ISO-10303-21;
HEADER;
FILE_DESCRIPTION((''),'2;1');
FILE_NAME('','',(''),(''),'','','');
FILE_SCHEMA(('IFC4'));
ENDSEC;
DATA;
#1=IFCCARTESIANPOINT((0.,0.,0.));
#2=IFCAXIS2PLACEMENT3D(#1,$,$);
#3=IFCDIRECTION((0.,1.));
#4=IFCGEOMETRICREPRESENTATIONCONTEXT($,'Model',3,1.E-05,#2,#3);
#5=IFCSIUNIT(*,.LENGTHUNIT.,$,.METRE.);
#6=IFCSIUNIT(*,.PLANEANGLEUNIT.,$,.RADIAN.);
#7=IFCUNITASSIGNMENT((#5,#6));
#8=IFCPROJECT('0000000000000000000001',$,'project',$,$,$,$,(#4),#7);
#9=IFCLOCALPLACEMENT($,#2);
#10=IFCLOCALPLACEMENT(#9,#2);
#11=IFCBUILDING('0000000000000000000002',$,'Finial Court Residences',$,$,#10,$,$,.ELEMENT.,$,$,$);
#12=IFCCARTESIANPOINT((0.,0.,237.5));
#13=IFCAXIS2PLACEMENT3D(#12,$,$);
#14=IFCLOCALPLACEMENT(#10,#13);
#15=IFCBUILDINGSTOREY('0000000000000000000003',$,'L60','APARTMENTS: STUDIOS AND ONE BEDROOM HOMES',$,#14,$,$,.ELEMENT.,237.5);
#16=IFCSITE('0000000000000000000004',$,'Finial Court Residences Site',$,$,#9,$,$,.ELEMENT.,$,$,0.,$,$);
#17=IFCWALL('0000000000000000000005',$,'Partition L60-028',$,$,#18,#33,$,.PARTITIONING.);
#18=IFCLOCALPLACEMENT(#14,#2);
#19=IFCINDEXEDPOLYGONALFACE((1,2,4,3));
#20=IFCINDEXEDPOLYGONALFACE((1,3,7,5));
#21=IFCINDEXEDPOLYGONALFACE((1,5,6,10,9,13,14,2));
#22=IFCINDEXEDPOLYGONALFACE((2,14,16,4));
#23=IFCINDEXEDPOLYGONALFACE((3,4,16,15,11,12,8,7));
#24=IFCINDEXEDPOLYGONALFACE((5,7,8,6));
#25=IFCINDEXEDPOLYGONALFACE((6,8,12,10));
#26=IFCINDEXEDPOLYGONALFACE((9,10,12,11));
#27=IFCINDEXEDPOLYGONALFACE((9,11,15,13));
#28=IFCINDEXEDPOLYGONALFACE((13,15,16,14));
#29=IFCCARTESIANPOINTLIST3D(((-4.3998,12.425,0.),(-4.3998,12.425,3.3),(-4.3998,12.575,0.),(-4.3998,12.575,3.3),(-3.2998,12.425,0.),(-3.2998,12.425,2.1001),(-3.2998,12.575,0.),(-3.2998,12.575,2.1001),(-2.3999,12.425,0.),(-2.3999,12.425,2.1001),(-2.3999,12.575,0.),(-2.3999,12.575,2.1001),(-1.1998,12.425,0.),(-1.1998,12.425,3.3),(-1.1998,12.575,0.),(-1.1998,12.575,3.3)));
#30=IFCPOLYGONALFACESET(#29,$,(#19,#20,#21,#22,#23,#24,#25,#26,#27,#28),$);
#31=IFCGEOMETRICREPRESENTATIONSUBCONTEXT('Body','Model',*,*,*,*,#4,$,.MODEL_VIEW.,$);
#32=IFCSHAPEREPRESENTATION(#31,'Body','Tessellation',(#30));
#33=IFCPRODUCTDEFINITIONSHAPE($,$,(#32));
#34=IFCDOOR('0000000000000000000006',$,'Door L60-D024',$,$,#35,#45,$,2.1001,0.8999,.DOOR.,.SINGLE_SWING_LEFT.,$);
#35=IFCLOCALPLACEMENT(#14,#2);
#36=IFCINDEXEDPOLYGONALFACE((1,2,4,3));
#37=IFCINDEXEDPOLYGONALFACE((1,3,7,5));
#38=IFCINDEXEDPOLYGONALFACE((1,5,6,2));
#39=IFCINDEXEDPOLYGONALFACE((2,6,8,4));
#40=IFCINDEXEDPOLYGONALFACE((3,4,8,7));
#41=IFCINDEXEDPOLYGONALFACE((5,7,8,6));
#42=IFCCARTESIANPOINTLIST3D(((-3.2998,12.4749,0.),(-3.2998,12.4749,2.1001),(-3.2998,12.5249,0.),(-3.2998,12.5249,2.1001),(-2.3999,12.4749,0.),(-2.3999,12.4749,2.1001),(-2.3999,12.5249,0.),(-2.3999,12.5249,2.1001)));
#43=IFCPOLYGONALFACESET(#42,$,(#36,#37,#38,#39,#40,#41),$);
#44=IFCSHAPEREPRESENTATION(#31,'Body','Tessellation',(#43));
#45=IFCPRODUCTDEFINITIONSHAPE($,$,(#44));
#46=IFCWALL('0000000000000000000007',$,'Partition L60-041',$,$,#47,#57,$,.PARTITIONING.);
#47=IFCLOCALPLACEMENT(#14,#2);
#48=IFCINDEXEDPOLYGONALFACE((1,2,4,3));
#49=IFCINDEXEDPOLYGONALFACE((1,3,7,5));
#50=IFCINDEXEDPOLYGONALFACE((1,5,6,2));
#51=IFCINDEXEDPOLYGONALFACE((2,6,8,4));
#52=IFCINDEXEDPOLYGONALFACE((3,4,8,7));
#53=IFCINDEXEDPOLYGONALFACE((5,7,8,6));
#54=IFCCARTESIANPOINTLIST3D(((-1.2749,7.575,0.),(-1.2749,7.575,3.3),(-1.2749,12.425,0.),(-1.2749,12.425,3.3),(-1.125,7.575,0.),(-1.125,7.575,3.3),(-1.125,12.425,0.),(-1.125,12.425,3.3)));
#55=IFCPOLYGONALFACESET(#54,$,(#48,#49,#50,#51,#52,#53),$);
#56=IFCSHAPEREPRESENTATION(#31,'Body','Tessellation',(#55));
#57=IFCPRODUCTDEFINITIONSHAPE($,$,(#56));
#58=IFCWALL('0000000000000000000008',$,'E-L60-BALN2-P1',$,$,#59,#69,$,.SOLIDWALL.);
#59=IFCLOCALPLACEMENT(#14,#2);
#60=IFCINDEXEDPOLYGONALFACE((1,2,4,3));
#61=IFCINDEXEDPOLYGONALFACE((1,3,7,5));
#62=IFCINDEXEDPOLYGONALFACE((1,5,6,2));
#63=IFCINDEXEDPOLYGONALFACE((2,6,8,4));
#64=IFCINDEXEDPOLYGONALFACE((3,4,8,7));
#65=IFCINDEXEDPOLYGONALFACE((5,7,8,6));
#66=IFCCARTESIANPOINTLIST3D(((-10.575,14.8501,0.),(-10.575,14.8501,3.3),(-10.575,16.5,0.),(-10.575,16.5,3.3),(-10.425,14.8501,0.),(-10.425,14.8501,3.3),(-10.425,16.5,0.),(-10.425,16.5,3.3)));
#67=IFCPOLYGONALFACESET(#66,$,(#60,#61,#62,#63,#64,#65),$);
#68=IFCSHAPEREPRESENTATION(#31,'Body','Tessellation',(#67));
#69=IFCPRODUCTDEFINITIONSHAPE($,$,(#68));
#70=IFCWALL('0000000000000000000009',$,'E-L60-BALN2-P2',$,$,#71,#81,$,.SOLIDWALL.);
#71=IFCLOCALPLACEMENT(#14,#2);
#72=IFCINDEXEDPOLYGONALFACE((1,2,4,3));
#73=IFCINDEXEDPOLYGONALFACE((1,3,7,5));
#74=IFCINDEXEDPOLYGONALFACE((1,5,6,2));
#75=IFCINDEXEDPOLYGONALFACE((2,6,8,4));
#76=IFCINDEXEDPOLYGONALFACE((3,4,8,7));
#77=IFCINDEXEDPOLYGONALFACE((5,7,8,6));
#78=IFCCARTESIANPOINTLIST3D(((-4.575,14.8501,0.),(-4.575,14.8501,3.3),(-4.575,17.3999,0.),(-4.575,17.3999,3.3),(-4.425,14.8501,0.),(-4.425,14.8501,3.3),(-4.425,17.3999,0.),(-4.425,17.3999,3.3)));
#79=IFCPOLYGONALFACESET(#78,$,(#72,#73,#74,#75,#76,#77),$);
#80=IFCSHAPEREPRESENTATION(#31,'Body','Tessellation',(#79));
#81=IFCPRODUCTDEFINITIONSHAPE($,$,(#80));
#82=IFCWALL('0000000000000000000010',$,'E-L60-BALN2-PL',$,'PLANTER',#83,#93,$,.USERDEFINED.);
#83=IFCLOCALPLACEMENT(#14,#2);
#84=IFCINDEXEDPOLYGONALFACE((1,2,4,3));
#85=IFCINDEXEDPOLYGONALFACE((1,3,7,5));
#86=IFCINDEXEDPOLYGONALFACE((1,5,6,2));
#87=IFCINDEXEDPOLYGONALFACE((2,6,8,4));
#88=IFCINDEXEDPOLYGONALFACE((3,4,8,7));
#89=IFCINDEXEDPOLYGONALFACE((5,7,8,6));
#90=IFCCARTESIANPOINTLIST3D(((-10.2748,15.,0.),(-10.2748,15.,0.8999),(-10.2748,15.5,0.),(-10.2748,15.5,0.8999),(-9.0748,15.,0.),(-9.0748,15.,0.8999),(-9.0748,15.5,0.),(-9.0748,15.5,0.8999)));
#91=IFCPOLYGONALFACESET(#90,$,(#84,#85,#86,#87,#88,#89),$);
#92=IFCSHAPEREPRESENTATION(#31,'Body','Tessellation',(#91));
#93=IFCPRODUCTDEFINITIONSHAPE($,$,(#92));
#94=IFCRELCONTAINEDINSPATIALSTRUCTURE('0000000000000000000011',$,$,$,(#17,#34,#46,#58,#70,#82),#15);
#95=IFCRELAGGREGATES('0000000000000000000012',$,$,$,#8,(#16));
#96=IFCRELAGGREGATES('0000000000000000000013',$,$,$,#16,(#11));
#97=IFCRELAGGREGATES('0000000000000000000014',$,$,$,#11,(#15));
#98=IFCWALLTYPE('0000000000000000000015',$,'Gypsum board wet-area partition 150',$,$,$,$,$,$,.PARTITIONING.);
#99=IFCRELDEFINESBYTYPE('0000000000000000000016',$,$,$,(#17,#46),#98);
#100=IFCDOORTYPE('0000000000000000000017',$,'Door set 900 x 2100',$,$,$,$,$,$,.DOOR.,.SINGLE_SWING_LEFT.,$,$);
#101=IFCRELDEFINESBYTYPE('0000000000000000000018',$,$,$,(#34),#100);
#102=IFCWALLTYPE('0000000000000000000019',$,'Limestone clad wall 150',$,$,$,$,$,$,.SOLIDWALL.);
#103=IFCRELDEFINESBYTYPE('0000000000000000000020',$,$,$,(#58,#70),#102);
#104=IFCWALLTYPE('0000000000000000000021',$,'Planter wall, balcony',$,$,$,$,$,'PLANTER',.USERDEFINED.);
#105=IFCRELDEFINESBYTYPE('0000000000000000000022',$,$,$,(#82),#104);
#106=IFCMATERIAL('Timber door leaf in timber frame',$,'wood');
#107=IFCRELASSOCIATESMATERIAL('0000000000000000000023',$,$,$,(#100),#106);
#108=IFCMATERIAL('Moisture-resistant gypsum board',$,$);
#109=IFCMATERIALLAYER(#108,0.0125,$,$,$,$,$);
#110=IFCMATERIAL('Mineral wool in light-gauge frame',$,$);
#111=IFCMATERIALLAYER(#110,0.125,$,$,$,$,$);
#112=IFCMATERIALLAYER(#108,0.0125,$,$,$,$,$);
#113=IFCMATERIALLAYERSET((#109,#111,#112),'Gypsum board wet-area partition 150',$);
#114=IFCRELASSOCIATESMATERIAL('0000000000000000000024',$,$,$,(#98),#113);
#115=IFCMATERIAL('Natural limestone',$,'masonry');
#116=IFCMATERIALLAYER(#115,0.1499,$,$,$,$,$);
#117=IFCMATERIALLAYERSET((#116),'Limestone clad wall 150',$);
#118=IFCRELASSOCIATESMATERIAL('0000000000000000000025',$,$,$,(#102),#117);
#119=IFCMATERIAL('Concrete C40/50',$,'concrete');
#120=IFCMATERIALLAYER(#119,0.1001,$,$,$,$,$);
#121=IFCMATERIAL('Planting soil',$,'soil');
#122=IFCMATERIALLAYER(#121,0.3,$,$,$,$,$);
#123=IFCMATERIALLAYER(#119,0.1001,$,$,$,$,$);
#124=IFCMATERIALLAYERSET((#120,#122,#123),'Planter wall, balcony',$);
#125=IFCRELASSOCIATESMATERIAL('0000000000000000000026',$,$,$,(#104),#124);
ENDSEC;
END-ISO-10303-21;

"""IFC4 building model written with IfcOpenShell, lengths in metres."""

from ifc_helpers import new_model, si_unit, direction, frame, frame_2d, origin, place, context, subcontext, project, spatial, rectangle, extrude, material, layer, layer_set, type_object, element, fill, save


model = new_model("IFC4")

# Units and contexts
model_context = context("Model", 3, precision=1e-05, world=origin(), true_north=direction((0.0, 1.0)))
body_context = subcontext(model_context, "Body", "Model", "MODEL_VIEW")
ifc_project = project(units=[si_unit("LENGTHUNIT", "METRE"), si_unit("PLANEANGLEUNIT", "RADIAN")], contexts=[model_context])

# Site, building, storey
site_placement = place(None, origin())
site = spatial("IfcSite", under=ifc_project, at=site_placement, Name="Finial Court Residences Site", CompositionType="ELEMENT", RefElevation=0.0)
building_placement = place(site_placement, origin())
building = spatial("IfcBuilding", under=site, at=building_placement, Name="Finial Court Residences", CompositionType="ELEMENT")
storey_placement = place(building_placement, frame((0.0, 0.0, 237.5)))
storey = spatial("IfcBuildingStorey", under=building, at=storey_placement, Name="L60", Description="APARTMENTS: STUDIOS AND ONE BEDROOM HOMES", CompositionType="ELEMENT", Elevation=237.5)

# Wall, opening, door
ifc_material_1 = material(Name="Mineral wool in light-gauge frame")
ifc_material_2 = material(Name="Timber door leaf in timber frame", Category="wood")
door_type_1 = type_object("IfcDoorType", Name="Door set 900 x 2100", OperationType="SINGLE_SWING_LEFT", PredefinedType="DOOR", material=ifc_material_2)
ifc_material_3 = material(Name="Moisture-resistant gypsum board")
ifc_layer_1 = layer(ifc_material_3, 0.0125)
ifc_layer_2 = layer(ifc_material_1, 0.125)
ifc_layer_3 = layer(ifc_material_3, 0.0125)
ifc_layer_set_1 = layer_set([ifc_layer_1, ifc_layer_2, ifc_layer_3], Name="Gypsum board wet-area partition 150")
wall_type_1 = type_object("IfcWallType", Name="Gypsum board wet-area partition 150", PredefinedType="PARTITIONING", material=ifc_layer_set_1)
wall_1_placement = place(storey_placement, frame((-4.3999, 12.5, 0.0), z_axis=(0.0, 0.0, 1.0), x_axis=(1.0, 0.0, 0.0)))
wall_1 = element("IfcWall", 1, at=wall_1_placement, inside=storey, type_object=wall_type_1, Name="Partition L60-028", PredefinedType="PARTITIONING", context=body_context, shape_type="SweptSolid", body=[
    extrude(rectangle(XDim=3.2, YDim=0.1499, at=frame_2d((1.6001, 0.0))), origin(), (0.0, 0.0, 1.0), 3.3),
])
opening_1_placement = place(wall_1_placement, frame((1.1001, 0.0, 0.0)))
opening_1 = element("IfcOpeningElement", 2, at=opening_1_placement, cuts=wall_1, PredefinedType="OPENING", context=body_context, shape_type="SweptSolid", body=[
    extrude(rectangle(XDim=0.8999, YDim=2.1001, at=frame_2d((0.45, 1.05))), frame((0.0, 0.085, 0.0), z_axis=(0.0, -1.0, 0.0), x_axis=(1.0, 0.0, 0.0)), (0.0, 0.0, 1.0), 0.1699),
])
door_1_placement = place(opening_1_placement, origin())
door_1 = element("IfcDoor", 3, at=door_1_placement, inside=storey, type_object=door_type_1, Name="Door L60-D024", OperationType="SINGLE_SWING_LEFT", OverallHeight=2.1001, OverallWidth=0.8999, PredefinedType="DOOR", context=body_context, shape_type="SweptSolid", body=[
    extrude(rectangle(XDim=0.8999, YDim=2.1001, at=frame_2d((0.45, 1.05))), frame((0.0, 0.0249, 0.0), z_axis=(0.0, -1.0, 0.0), x_axis=(1.0, 0.0, 0.0)), (0.0, 0.0, 1.0), 0.05),
])
fill(opening_1, door_1)

# Walls
wall_2_placement = place(storey_placement, frame((-1.2, 7.575, 0.0), z_axis=(0.0, 0.0, 1.0), x_axis=(0.0, 1.0, 0.0)))
element("IfcWall", 4, at=wall_2_placement, inside=storey, type_object=wall_type_1, Name="Partition L60-041", PredefinedType="PARTITIONING", context=body_context, shape_type="SweptSolid", body=[
    extrude(rectangle(XDim=4.8501, YDim=0.1499, at=frame_2d((2.425, 0.0))), origin(), (0.0, 0.0, 1.0), 3.3),
])
ifc_material_4 = material(Name="Natural limestone", Category="masonry")
ifc_layer_4 = layer(ifc_material_4, 0.1499)
ifc_layer_set_2 = layer_set([ifc_layer_4], Name="Limestone clad wall 150")
wall_type_2 = type_object("IfcWallType", Name="Limestone clad wall 150", PredefinedType="SOLIDWALL", material=ifc_layer_set_2)
wall_3_placement = place(storey_placement, frame((-10.5, 14.8501, 0.0), z_axis=(0.0, 0.0, 1.0), x_axis=(0.0, 1.0, 0.0)))
element("IfcWall", 5, at=wall_3_placement, inside=storey, type_object=wall_type_2, Name="E-L60-BALN2-P1", PredefinedType="SOLIDWALL", context=body_context, shape_type="SweptSolid", body=[
    extrude(rectangle(XDim=1.6499, YDim=0.1499, at=frame_2d((0.825, 0.0))), origin(), (0.0, 0.0, 1.0), 3.3),
])
wall_4_placement = place(storey_placement, frame((-4.5, 14.8501, 0.0), z_axis=(0.0, 0.0, 1.0), x_axis=(0.0, 1.0, 0.0)))
element("IfcWall", 6, at=wall_4_placement, inside=storey, type_object=wall_type_2, Name="E-L60-BALN2-P2", PredefinedType="SOLIDWALL", context=body_context, shape_type="SweptSolid", body=[
    extrude(rectangle(XDim=2.5498, YDim=0.1499, at=frame_2d((1.2749, 0.0))), origin(), (0.0, 0.0, 1.0), 3.3),
])

# Wall
ifc_material_5 = material(Name="Concrete C40/50", Category="concrete")
ifc_layer_5 = layer(ifc_material_5, 0.1001)
ifc_material_6 = material(Name="Planting soil", Category="soil")
ifc_layer_6 = layer(ifc_material_6, 0.3)
ifc_layer_7 = layer(ifc_material_5, 0.1001)
ifc_layer_set_3 = layer_set([ifc_layer_5, ifc_layer_6, ifc_layer_7], Name="Planter wall, balcony")
wall_type_3 = type_object("IfcWallType", Name="Planter wall, balcony", ElementType="PLANTER", PredefinedType="USERDEFINED", material=ifc_layer_set_3)
wall_5_placement = place(storey_placement, frame((-10.2749, 15.25, 0.0), z_axis=(0.0, 0.0, 1.0), x_axis=(1.0, 0.0, 0.0)))
element("IfcWall", 7, at=wall_5_placement, inside=storey, type_object=wall_type_3, Name="E-L60-BALN2-PL", ObjectType="PLANTER", PredefinedType="USERDEFINED", context=body_context, shape_type="SweptSolid", body=[
    extrude(rectangle(XDim=1.2, YDim=0.5, at=frame_2d((0.6001, 0.0))), origin(), (0.0, 0.0, 1.0), 0.8999),
])

save(model, "model.ifc")
